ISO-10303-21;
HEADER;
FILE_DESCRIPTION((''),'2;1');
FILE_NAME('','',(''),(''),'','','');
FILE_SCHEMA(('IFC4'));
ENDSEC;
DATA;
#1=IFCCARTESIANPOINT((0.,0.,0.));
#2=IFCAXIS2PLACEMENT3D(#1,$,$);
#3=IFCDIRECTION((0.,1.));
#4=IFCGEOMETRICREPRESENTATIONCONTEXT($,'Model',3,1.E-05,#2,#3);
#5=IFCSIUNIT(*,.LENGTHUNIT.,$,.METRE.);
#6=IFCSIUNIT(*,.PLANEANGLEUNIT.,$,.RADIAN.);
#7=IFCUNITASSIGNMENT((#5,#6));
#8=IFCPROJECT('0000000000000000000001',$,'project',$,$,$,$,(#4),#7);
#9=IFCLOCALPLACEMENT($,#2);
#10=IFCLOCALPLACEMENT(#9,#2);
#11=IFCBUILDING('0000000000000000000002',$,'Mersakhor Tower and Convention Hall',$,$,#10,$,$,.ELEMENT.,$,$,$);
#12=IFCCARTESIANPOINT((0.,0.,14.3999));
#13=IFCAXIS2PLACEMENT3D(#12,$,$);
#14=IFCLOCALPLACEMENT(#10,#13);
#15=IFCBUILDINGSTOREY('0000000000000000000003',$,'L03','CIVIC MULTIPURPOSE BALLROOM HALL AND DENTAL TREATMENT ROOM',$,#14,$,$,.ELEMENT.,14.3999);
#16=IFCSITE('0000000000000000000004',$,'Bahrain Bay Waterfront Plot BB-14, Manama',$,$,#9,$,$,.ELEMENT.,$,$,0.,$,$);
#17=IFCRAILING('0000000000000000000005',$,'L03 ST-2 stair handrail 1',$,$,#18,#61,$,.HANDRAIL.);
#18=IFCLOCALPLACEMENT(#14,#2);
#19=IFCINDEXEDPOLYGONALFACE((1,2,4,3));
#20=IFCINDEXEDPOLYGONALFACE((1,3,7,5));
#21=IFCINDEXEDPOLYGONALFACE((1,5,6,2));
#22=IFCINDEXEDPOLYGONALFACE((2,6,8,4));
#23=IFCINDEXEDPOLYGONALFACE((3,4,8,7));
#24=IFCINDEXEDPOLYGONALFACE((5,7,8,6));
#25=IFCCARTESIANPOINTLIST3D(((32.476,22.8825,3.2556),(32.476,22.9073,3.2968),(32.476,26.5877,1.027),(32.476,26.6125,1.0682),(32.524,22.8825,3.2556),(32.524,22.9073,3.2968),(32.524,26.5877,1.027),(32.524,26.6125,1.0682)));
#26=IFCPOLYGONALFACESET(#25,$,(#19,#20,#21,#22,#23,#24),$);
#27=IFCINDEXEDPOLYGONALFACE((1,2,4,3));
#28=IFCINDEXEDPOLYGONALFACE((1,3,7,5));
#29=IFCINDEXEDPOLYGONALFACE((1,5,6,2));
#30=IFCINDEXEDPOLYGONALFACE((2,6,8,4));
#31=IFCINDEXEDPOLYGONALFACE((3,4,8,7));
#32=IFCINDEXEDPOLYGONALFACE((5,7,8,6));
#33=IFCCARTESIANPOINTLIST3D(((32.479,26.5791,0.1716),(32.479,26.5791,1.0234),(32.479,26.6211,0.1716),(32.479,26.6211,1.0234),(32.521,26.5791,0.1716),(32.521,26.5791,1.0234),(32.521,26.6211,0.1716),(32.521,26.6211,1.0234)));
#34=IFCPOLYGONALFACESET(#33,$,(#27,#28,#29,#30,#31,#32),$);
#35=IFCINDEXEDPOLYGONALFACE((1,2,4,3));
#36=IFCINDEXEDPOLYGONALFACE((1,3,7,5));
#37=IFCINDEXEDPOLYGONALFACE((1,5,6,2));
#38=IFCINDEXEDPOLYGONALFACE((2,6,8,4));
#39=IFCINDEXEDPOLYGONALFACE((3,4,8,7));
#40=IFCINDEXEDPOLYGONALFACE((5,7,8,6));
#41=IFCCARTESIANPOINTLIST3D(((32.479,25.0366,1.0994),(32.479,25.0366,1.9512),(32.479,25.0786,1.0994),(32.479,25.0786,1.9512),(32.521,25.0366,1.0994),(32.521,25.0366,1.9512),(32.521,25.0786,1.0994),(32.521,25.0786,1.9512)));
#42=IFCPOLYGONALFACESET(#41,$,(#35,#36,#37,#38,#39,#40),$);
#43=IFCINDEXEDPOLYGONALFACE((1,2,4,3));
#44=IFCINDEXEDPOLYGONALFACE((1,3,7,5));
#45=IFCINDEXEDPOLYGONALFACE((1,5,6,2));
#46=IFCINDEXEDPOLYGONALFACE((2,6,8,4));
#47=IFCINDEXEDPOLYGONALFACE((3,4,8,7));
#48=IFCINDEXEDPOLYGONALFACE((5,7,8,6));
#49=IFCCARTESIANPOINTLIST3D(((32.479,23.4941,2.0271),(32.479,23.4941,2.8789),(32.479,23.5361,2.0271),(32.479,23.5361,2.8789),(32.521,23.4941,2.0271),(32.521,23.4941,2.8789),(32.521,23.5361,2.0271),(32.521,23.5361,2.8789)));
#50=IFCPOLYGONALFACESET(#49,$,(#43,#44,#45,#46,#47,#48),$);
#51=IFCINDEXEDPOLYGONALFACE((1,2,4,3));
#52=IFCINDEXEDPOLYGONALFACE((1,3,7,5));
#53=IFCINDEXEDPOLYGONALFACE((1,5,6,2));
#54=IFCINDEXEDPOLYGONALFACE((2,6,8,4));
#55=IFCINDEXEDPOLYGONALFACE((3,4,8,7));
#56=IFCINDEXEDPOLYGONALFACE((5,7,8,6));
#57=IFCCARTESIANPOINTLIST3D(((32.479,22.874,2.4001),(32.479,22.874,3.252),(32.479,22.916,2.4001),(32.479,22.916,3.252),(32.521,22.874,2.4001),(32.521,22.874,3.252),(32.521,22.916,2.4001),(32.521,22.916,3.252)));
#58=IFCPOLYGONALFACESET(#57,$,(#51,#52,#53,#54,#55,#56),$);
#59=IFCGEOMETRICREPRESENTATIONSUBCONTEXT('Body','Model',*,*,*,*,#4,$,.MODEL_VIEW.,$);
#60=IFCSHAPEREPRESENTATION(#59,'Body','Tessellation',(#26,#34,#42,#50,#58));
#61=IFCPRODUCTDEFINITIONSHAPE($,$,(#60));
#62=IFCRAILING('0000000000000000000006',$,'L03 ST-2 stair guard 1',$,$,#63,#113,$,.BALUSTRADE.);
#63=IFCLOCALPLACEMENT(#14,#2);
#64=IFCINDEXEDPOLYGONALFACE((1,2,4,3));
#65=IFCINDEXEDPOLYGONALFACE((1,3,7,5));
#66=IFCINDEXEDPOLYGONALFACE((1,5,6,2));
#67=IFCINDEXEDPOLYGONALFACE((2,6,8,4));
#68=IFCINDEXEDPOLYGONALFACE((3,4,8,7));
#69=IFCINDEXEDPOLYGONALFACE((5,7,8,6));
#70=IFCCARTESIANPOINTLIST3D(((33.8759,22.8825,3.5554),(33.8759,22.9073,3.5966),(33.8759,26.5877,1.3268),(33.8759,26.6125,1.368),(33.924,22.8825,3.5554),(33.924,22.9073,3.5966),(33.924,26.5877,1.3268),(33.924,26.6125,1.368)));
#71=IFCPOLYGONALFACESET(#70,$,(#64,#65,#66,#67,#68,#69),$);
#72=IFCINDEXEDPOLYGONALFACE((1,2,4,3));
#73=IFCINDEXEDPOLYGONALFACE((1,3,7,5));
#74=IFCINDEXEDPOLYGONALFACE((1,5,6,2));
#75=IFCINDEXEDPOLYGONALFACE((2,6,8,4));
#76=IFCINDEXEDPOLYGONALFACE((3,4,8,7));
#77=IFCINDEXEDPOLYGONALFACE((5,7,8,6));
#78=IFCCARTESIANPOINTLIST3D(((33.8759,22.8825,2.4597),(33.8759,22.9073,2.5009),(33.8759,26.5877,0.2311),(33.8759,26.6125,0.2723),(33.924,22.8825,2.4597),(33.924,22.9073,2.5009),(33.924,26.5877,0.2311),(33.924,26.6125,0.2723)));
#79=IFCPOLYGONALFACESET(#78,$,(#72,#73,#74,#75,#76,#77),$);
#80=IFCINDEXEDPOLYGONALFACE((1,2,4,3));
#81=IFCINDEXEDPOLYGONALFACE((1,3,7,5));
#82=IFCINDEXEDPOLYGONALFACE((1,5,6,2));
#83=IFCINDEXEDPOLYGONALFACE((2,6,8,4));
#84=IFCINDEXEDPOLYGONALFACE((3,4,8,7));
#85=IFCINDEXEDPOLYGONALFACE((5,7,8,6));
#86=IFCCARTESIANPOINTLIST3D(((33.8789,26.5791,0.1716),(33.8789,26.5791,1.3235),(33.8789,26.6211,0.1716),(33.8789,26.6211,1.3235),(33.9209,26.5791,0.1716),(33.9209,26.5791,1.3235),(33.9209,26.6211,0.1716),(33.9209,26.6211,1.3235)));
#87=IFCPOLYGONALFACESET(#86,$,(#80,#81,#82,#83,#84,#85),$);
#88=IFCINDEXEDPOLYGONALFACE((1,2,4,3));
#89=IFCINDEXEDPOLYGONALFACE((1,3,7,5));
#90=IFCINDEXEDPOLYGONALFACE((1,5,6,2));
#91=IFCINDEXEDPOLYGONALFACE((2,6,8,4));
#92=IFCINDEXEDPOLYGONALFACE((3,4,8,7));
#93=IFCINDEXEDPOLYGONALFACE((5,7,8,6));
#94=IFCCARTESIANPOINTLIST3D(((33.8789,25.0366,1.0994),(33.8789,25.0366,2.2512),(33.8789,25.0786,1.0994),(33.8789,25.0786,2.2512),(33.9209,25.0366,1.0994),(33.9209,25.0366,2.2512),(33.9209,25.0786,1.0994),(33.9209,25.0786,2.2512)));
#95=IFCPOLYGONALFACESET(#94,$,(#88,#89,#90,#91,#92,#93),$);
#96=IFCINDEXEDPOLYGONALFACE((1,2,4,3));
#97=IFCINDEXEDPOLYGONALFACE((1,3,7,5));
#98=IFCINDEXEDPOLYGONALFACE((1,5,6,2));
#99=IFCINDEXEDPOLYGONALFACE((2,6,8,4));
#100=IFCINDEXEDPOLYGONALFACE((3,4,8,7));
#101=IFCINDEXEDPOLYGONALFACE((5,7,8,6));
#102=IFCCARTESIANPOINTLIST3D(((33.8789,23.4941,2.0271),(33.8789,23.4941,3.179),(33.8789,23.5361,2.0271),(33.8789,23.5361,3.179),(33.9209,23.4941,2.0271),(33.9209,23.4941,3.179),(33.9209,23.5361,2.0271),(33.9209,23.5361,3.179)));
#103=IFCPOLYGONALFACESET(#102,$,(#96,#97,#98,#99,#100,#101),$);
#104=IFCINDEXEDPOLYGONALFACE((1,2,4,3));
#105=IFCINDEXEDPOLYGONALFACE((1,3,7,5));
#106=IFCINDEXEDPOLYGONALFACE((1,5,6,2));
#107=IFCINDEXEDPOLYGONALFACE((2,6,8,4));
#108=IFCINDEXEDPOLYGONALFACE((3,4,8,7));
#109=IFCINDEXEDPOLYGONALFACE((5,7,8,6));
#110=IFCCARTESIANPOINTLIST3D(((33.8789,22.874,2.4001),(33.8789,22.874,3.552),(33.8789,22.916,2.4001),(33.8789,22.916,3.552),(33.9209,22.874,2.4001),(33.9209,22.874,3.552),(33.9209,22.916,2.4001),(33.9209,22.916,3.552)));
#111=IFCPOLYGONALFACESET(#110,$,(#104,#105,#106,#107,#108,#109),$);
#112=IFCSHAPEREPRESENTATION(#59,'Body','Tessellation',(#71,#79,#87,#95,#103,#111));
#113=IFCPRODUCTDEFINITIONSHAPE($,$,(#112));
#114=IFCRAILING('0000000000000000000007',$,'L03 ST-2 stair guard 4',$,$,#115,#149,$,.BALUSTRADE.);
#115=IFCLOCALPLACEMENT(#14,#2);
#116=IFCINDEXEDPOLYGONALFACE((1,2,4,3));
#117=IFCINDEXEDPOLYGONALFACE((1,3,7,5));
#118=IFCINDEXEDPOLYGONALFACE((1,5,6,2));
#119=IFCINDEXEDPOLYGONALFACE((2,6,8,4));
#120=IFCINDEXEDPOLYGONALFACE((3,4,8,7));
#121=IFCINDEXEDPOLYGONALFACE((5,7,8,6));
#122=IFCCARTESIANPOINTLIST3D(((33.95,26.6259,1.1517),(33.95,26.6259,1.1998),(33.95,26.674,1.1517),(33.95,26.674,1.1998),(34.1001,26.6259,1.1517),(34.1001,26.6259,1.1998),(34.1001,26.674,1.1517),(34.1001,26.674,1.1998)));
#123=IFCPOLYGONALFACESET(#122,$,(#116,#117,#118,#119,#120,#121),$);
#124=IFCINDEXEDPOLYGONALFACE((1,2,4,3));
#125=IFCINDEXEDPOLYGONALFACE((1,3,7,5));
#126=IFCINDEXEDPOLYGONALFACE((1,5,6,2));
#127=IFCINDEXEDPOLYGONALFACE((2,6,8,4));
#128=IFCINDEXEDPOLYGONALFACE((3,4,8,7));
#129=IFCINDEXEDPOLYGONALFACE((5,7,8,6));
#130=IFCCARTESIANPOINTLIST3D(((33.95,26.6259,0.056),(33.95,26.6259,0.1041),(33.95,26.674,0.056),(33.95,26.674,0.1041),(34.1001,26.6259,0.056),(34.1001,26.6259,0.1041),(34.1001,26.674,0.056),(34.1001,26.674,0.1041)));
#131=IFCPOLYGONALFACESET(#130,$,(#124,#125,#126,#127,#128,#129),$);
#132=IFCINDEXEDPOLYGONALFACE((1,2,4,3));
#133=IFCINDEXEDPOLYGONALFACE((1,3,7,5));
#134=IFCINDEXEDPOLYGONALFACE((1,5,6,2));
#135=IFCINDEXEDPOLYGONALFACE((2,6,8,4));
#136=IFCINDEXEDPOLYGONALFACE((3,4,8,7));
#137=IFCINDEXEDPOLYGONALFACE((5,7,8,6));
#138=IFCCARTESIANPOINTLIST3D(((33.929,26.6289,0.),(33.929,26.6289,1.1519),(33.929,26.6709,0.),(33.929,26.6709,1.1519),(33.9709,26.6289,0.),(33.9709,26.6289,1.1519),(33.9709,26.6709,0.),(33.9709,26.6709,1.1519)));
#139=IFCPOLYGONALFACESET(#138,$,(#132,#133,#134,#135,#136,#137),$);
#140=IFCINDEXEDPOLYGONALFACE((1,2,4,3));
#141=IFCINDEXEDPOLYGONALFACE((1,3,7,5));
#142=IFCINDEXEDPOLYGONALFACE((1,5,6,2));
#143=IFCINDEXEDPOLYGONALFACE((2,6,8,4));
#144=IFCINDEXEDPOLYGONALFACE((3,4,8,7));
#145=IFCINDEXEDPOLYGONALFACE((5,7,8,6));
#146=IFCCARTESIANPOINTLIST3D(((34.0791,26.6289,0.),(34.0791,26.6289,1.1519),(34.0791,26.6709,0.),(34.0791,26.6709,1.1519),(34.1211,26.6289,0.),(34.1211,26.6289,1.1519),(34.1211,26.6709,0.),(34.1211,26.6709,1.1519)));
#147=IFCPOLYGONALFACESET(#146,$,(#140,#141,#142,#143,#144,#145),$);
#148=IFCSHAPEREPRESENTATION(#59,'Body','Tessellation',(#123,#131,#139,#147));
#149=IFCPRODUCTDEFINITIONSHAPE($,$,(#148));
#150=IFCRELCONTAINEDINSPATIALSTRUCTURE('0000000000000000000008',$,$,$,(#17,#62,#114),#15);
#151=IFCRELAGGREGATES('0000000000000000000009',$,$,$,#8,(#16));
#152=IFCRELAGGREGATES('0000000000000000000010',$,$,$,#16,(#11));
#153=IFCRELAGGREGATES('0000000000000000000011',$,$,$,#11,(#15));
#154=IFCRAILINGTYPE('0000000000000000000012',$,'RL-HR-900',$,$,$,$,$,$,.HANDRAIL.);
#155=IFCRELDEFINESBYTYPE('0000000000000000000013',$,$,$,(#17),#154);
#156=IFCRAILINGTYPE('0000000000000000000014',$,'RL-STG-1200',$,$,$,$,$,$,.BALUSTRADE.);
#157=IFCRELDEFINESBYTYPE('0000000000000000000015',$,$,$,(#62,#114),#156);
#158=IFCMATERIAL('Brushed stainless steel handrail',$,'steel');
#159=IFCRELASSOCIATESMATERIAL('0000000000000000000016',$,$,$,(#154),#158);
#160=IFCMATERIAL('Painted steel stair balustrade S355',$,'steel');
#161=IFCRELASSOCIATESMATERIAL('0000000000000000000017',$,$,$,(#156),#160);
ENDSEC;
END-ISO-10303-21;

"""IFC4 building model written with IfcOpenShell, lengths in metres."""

from ifc_helpers import new_model, si_unit, direction, frame, origin, origin_2d, place, context, subcontext, project, spatial, rectangle, extrude, material, type_object, element, save


model = new_model("IFC4")

# Units and contexts
model_context = context("Model", 3, precision=1e-05, world=origin(), true_north=direction((0.0, 1.0)))
body_context = subcontext(model_context, "Body", "Model", "MODEL_VIEW")
ifc_project = project(units=[si_unit("LENGTHUNIT", "METRE"), si_unit("PLANEANGLEUNIT", "RADIAN")], contexts=[model_context])

# Site, building, storey
site_placement = place(None, origin())
site = spatial("IfcSite", under=ifc_project, at=site_placement, Name="Bahrain Bay Waterfront Plot BB-14, Manama", CompositionType="ELEMENT", RefElevation=0.0)
building_placement = place(site_placement, origin())
building = spatial("IfcBuilding", under=site, at=building_placement, Name="Mersakhor Tower and Convention Hall", CompositionType="ELEMENT")
storey_placement = place(building_placement, frame((0.0, 0.0, 14.3999)))
storey = spatial("IfcBuildingStorey", under=building, at=storey_placement, Name="L03", Description="CIVIC MULTIPURPOSE BALLROOM HALL AND DENTAL TREATMENT ROOM", CompositionType="ELEMENT", Elevation=14.3999)

# Railings
ifc_material_1 = material(Name="Brushed stainless steel handrail", Category="steel")
railing_type_1 = type_object("IfcRailingType", Name="RL-HR-900", PredefinedType="HANDRAIL", material=ifc_material_1)
railing_1_placement = place(storey_placement, frame((32.5, 26.6001, 0.1716)))
element("IfcRailing", 1, at=railing_1_placement, inside=storey, type_object=railing_type_1, Name="L03 ST-2 stair handrail 1", PredefinedType="HANDRAIL", context=body_context, shape_type="SweptSolid", body=[
    extrude(rectangle(XDim=0.0481, YDim=0.0481, at=origin_2d()), frame((0.0, 0.0, 0.876), z_axis=(0.0, -0.856934, 0.515425), x_axis=(1.0, 0.0, 0.0)), (0.0, 0.0, 1.0), 4.3237),
    extrude(rectangle(XDim=0.042, YDim=0.042, at=origin_2d()), origin(), (0.0, 0.0, 1.0), 0.8518),
    extrude(rectangle(XDim=0.042, YDim=0.042, at=origin_2d()), frame((0.0, -1.5425, 0.9277)), (0.0, 0.0, 1.0), 0.8518),
    extrude(rectangle(XDim=0.042, YDim=0.042, at=origin_2d()), frame((0.0, -3.085, 1.8555)), (0.0, 0.0, 1.0), 0.8518),
    extrude(rectangle(XDim=0.042, YDim=0.042, at=origin_2d()), frame((0.0, -3.7051, 2.2285)), (0.0, 0.0, 1.0), 0.8518),
])
ifc_material_2 = material(Name="Painted steel stair balustrade S355", Category="steel")
railing_type_2 = type_object("IfcRailingType", Name="RL-STG-1200", PredefinedType="BALUSTRADE", material=ifc_material_2)
railing_2_placement = place(storey_placement, frame((33.8999, 26.6001, 0.1716)))
element("IfcRailing", 2, at=railing_2_placement, inside=storey, type_object=railing_type_2, Name="L03 ST-2 stair guard 1", PredefinedType="BALUSTRADE", context=body_context, shape_type="SweptSolid", body=[
    extrude(rectangle(XDim=0.0481, YDim=0.0481, at=origin_2d()), frame((0.0, 0.0, 1.1758), z_axis=(0.0, -0.856934, 0.515425), x_axis=(1.0, 0.0, 0.0)), (0.0, 0.0, 1.0), 4.3237),
    extrude(rectangle(XDim=0.0481, YDim=0.0481, at=origin_2d()), frame((0.0, 0.0, 0.0801), z_axis=(0.0, -0.856934, 0.515425), x_axis=(1.0, 0.0, 0.0)), (0.0, 0.0, 1.0), 4.3237),
    extrude(rectangle(XDim=0.042, YDim=0.042, at=origin_2d()), origin(), (0.0, 0.0, 1.0), 1.1519),
    extrude(rectangle(XDim=0.042, YDim=0.042, at=origin_2d()), frame((0.0, -1.5425, 0.9277)), (0.0, 0.0, 1.0), 1.1519),
    extrude(rectangle(XDim=0.042, YDim=0.042, at=origin_2d()), frame((0.0, -3.085, 1.8555)), (0.0, 0.0, 1.0), 1.1519),
    extrude(rectangle(XDim=0.042, YDim=0.042, at=origin_2d()), frame((0.0, -3.7051, 2.2285)), (0.0, 0.0, 1.0), 1.1519),
])
railing_3_placement = place(storey_placement, frame((33.95, 26.6499, 0.0)))
element("IfcRailing", 3, at=railing_3_placement, inside=storey, type_object=railing_type_2, Name="L03 ST-2 stair guard 4", PredefinedType="BALUSTRADE", context=body_context, shape_type="SweptSolid", body=[
    extrude(rectangle(XDim=0.0481, YDim=0.0481, at=origin_2d()), frame((0.0, 0.0, 1.1758), z_axis=(1.0, 0.0, 0.0), x_axis=(0.0, 1.0, 0.0)), (0.0, 0.0, 1.0), 0.1501),
    extrude(rectangle(XDim=0.0481, YDim=0.0481, at=origin_2d()), frame((0.0, 0.0, 0.0801), z_axis=(1.0, 0.0, 0.0), x_axis=(0.0, 1.0, 0.0)), (0.0, 0.0, 1.0), 0.1501),
    extrude(rectangle(XDim=0.042, YDim=0.042, at=origin_2d()), origin(), (0.0, 0.0, 1.0), 1.1519),
    extrude(rectangle(XDim=0.042, YDim=0.042, at=origin_2d()), frame((0.1501, 0.0, 0.0)), (0.0, 0.0, 1.0), 1.1519),
])

save(model, "model.ifc")
